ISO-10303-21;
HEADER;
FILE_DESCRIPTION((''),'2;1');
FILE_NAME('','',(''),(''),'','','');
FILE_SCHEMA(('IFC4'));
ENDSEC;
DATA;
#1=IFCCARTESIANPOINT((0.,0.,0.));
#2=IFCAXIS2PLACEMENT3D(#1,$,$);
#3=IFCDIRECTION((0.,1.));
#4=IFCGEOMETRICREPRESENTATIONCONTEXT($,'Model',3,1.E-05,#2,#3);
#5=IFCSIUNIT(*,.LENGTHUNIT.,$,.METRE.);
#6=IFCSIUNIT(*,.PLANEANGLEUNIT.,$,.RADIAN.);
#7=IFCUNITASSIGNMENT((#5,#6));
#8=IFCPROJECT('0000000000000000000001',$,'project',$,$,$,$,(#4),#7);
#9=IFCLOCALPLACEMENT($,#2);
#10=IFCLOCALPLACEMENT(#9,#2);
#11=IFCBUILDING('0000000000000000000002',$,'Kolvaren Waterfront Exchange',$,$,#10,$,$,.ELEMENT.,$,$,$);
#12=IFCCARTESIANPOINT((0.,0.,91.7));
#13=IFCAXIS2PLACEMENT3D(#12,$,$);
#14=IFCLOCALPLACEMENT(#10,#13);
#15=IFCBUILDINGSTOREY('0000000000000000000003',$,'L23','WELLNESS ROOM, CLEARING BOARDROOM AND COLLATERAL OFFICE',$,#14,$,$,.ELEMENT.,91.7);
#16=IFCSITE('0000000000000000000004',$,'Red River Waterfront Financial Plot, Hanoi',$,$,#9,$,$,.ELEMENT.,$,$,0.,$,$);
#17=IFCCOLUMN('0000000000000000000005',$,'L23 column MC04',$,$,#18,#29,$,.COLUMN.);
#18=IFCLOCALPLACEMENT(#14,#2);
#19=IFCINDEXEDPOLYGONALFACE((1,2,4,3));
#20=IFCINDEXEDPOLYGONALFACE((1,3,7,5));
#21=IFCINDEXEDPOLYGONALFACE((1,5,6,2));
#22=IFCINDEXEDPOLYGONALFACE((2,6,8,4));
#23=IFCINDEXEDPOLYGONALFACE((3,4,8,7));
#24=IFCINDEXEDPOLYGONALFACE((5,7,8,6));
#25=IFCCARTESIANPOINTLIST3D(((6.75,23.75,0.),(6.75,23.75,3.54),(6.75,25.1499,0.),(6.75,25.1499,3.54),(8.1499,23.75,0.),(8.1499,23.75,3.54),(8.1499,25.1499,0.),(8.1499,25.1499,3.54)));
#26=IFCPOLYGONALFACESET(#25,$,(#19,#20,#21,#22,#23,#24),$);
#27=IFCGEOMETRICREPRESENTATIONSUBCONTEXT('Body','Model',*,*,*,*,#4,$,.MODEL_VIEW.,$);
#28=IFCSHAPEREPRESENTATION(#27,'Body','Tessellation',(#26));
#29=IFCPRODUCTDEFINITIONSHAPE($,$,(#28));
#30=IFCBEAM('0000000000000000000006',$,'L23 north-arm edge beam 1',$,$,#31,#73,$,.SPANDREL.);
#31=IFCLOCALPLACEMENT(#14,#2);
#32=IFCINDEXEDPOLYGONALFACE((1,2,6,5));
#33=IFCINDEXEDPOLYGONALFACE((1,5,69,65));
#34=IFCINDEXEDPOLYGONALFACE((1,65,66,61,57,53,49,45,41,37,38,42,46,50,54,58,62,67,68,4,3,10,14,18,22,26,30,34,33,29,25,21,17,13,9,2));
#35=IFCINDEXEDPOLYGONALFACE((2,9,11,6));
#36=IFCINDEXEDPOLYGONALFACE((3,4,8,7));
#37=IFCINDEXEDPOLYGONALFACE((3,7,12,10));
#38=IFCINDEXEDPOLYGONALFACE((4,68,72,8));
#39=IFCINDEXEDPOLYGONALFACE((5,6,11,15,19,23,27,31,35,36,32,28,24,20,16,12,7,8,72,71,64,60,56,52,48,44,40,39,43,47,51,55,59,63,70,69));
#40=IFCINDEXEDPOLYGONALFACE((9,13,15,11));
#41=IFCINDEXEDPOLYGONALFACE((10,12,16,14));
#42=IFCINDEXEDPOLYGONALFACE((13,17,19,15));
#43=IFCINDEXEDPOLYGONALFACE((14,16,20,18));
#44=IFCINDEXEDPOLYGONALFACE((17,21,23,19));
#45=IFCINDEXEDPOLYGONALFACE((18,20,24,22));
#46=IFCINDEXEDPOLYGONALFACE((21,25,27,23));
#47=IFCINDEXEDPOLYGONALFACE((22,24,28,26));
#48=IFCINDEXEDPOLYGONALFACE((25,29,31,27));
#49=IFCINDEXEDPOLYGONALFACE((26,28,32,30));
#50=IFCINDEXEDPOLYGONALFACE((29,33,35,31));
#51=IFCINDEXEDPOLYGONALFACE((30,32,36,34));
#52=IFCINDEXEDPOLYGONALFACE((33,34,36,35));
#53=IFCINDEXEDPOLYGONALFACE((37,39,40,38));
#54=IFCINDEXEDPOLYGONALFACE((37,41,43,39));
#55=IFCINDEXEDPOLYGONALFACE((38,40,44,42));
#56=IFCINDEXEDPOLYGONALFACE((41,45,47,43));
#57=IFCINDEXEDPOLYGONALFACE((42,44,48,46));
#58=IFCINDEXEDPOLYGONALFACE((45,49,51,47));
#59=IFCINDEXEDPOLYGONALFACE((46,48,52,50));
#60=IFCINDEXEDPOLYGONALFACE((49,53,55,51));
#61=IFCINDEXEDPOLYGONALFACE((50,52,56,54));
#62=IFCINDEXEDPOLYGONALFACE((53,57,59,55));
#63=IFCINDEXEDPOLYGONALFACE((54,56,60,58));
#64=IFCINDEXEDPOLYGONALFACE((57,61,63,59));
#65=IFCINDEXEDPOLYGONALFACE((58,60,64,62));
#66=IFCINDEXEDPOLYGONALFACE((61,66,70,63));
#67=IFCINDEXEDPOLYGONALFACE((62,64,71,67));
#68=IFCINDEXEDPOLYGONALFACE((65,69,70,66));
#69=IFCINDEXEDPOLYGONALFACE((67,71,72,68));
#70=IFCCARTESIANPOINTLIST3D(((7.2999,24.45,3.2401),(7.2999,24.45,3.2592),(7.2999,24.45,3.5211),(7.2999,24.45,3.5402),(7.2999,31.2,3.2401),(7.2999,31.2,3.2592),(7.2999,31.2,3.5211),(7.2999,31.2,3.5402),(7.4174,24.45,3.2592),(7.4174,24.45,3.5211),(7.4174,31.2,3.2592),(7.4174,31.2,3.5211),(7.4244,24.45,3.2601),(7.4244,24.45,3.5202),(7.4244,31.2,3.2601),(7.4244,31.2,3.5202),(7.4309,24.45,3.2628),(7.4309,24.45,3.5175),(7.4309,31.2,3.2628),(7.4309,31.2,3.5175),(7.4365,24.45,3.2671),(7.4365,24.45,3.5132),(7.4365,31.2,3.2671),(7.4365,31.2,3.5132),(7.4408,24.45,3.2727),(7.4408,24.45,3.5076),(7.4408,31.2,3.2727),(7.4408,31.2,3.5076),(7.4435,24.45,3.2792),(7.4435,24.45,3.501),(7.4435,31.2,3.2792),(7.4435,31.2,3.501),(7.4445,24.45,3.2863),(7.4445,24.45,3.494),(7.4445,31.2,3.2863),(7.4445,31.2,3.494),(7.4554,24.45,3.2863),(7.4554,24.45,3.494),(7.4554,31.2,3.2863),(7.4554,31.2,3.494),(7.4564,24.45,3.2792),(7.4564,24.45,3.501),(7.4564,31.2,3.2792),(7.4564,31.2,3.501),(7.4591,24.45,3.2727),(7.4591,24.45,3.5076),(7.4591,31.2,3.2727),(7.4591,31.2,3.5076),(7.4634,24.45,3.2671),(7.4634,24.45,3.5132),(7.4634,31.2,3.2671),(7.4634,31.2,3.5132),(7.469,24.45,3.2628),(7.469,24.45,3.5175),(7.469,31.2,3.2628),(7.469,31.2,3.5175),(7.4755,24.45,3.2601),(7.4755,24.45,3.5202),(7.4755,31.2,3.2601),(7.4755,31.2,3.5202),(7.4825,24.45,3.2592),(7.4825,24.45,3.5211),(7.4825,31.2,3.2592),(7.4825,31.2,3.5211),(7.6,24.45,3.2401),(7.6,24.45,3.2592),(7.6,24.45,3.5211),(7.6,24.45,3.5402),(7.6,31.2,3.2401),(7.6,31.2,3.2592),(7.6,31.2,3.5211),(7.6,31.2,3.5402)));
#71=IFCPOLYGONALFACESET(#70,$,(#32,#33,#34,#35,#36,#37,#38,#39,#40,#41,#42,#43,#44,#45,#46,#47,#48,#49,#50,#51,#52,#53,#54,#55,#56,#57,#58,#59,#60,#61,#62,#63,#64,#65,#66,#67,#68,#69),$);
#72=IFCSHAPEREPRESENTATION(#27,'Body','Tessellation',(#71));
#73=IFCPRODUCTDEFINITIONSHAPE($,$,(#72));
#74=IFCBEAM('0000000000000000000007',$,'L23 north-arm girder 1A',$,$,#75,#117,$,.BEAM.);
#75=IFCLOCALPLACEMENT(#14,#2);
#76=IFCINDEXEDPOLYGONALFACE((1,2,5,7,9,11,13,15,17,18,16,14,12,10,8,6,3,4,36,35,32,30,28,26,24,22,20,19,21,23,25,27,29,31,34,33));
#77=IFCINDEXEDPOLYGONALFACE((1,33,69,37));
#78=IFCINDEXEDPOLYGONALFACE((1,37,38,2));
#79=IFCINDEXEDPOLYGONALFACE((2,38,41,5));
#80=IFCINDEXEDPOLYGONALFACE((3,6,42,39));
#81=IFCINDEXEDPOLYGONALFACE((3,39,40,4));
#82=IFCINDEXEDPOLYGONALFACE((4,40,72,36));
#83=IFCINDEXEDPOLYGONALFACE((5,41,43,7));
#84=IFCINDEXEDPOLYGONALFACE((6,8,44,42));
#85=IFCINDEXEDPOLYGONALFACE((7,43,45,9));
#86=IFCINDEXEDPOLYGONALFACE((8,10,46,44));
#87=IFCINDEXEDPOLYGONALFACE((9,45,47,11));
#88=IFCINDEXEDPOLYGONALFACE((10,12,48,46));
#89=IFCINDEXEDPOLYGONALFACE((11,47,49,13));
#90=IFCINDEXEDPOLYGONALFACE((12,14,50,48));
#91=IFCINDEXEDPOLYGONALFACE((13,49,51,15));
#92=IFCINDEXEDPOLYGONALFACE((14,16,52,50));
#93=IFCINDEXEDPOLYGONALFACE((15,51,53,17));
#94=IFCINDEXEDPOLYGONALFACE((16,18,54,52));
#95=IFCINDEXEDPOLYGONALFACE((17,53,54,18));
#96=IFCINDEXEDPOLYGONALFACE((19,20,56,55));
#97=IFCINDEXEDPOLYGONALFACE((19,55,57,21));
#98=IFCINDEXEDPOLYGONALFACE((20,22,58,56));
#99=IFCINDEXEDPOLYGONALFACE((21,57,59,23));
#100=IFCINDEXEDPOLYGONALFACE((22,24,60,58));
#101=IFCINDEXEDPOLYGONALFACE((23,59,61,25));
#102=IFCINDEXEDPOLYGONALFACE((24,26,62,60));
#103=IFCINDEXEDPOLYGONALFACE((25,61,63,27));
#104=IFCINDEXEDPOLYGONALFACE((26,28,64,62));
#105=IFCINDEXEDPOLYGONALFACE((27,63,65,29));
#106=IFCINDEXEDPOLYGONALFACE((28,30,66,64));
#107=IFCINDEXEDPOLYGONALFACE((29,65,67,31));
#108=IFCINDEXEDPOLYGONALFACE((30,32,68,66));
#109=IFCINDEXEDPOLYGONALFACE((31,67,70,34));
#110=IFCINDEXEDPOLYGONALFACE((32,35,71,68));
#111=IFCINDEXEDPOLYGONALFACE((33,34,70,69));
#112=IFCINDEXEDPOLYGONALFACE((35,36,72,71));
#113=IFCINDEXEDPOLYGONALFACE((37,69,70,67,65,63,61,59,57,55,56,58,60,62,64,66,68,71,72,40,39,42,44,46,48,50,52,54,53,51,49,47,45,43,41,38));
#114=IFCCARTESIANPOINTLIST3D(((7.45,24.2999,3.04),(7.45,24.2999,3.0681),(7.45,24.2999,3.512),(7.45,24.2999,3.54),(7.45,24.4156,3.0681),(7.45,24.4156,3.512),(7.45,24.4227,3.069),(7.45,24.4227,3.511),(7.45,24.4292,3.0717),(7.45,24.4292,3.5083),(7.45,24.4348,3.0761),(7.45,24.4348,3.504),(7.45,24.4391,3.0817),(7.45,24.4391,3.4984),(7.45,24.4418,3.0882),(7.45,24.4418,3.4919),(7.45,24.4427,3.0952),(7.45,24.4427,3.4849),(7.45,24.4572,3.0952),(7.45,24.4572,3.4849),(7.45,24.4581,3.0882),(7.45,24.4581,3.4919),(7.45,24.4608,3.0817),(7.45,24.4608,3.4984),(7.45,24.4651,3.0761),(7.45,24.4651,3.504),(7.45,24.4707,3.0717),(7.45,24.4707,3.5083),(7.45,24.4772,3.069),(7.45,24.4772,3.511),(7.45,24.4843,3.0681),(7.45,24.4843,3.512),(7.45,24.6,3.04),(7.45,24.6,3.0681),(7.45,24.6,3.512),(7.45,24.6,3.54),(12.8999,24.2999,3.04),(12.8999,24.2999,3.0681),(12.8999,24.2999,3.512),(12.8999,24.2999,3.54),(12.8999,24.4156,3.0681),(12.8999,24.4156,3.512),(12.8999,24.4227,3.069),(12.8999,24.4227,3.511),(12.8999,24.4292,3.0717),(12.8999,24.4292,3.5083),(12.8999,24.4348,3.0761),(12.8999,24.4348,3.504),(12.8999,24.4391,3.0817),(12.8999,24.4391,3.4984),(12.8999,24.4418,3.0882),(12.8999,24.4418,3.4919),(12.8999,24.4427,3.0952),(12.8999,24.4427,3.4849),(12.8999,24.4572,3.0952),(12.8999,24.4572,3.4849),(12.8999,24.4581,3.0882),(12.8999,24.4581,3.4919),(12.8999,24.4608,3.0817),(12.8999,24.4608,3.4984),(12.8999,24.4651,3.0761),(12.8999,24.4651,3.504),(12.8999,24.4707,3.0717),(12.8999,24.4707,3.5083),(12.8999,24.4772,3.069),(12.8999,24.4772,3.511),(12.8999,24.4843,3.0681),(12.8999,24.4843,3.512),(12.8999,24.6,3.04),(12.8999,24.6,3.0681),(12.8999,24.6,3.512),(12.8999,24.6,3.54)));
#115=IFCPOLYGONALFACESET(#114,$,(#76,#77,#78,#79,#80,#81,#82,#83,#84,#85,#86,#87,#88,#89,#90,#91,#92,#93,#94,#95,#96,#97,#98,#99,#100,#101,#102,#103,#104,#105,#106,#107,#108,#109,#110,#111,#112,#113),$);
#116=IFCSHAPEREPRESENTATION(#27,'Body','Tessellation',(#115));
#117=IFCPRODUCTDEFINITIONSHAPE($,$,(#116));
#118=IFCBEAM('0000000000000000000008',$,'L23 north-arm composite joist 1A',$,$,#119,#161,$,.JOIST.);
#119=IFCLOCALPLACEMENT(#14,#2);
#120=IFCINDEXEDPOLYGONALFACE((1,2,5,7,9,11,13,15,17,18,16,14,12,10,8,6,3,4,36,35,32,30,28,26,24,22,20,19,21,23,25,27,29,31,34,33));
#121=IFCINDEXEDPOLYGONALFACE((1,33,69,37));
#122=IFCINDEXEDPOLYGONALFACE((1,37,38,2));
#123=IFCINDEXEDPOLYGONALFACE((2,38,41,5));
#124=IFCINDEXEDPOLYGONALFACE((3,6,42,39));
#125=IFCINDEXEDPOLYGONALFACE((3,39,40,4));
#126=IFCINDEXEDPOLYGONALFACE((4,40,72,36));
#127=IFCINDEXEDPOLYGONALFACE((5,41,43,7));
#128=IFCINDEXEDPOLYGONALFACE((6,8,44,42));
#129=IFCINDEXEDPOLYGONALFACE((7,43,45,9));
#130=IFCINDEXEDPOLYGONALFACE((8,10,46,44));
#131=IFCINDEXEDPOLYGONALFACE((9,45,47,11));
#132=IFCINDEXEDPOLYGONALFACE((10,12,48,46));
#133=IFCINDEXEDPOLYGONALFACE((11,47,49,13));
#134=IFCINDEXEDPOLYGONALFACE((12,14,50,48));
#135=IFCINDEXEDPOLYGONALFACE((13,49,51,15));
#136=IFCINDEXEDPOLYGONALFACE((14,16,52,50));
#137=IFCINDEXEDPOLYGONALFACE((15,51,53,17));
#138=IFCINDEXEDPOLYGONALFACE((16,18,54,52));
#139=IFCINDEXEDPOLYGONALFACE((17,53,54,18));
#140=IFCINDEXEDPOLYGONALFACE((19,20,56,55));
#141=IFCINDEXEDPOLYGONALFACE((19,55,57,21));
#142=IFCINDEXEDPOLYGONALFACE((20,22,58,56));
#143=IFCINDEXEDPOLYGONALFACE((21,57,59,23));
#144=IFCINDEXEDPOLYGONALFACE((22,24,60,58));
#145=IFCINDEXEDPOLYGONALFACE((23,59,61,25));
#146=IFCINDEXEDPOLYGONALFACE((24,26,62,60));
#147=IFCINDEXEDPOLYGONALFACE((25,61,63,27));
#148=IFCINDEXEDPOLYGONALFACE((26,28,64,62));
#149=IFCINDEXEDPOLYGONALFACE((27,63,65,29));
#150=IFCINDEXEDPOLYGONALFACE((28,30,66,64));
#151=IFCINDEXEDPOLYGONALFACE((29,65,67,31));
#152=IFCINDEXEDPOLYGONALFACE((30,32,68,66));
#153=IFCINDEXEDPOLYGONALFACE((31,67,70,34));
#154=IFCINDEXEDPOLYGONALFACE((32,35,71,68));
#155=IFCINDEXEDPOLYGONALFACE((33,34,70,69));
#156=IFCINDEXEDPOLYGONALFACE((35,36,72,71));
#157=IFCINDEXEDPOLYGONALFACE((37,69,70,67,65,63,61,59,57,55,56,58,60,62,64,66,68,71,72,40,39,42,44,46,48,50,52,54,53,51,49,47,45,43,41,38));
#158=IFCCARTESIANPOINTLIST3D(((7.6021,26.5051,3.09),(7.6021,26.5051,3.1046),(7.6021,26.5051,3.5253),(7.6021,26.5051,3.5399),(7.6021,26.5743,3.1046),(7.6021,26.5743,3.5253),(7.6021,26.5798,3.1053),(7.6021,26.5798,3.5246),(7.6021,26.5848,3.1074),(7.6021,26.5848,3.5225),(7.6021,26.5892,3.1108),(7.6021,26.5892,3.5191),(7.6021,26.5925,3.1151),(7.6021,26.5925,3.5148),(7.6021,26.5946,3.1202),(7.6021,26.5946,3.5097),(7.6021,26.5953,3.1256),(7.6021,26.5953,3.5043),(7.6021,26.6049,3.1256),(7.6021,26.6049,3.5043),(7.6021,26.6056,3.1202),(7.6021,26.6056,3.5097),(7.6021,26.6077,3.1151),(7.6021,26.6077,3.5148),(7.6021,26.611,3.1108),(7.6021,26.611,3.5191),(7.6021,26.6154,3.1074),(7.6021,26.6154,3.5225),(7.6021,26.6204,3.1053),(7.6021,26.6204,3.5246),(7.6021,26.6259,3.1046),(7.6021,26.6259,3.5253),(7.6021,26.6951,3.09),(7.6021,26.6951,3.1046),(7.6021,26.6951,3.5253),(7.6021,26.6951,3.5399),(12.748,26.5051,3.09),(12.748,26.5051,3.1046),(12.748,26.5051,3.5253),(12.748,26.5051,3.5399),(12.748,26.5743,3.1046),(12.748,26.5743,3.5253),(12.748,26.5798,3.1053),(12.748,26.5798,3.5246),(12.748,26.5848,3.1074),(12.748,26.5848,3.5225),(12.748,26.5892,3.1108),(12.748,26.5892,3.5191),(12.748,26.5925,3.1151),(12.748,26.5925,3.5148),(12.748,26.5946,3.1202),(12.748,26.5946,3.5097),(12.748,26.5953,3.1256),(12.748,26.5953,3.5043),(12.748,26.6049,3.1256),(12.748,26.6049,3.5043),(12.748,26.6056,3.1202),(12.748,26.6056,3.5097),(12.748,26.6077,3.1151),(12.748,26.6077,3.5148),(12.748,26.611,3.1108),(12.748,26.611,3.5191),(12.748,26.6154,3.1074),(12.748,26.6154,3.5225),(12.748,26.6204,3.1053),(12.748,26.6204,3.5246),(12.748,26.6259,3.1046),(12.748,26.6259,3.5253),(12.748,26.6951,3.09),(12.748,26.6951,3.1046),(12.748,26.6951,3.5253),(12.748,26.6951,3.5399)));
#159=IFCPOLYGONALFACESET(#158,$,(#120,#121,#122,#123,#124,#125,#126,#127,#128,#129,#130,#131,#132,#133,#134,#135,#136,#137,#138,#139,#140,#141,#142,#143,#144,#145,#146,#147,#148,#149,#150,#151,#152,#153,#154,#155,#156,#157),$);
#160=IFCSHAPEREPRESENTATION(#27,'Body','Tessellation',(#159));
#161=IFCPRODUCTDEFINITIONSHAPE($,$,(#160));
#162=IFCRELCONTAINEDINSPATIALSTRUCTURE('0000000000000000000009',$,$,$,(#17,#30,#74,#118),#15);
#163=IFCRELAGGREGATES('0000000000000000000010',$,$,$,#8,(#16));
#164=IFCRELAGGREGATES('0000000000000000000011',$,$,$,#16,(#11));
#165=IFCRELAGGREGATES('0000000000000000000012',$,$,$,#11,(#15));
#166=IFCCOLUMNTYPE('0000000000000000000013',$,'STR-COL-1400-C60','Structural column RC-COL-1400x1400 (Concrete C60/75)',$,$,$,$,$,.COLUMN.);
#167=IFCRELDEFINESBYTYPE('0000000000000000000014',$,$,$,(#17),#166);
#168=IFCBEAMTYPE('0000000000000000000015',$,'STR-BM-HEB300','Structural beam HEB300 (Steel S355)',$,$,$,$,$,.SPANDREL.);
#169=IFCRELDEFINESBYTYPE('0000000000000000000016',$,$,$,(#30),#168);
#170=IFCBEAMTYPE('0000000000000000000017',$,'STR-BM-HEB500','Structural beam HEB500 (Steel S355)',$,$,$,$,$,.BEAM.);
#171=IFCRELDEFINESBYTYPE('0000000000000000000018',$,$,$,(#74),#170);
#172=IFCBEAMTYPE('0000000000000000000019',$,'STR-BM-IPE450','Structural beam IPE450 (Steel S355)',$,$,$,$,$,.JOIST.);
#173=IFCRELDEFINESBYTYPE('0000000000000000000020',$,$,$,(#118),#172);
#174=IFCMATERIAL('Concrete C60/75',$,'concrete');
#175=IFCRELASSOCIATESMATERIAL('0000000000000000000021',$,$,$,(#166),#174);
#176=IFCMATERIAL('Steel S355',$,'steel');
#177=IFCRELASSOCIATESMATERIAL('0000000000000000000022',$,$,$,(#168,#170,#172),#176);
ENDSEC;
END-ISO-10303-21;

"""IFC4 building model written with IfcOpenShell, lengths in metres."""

from ifc_helpers import new_model, si_unit, direction, frame, origin, origin_2d, place, context, subcontext, project, spatial, rectangle, i_section, extrude, material, material_profile, profile_set, type_object, element, save


model = new_model("IFC4")

# Units and contexts
model_context = context("Model", 3, precision=1e-05, world=origin(), true_north=direction((0.0, 1.0)))
body_context = subcontext(model_context, "Body", "Model", "MODEL_VIEW")
ifc_project = project(units=[si_unit("LENGTHUNIT", "METRE"), si_unit("PLANEANGLEUNIT", "RADIAN")], contexts=[model_context])

# Site, building, storey
site_placement = place(None, origin())
site = spatial("IfcSite", under=ifc_project, at=site_placement, Name="Red River Waterfront Financial Plot, Hanoi", CompositionType="ELEMENT", RefElevation=0.0)
building_placement = place(site_placement, origin())
building = spatial("IfcBuilding", under=site, at=building_placement, Name="Kolvaren Waterfront Exchange", CompositionType="ELEMENT")
storey_placement = place(building_placement, frame((0.0, 0.0, 91.7)))
storey = spatial("IfcBuildingStorey", under=building, at=storey_placement, Name="L23", Description="WELLNESS ROOM, CLEARING BOARDROOM AND COLLATERAL OFFICE", CompositionType="ELEMENT", Elevation=91.7)

# Column
ifc_material_1 = material(Name="Concrete C60/75", Category="concrete")
ifc_material_profile_1 = material_profile(ifc_material_1, rectangle(XDim=1.3999, YDim=1.3999, at=origin_2d()), Name="RC-COL-1400x1400")
ifc_profile_set_1 = profile_set([ifc_material_profile_1], Name="Concrete C60/75")
column_type = type_object("IfcColumnType", Name="STR-COL-1400-C60", Description="Structural column RC-COL-1400x1400 (Concrete C60/75)", PredefinedType="COLUMN", material=ifc_profile_set_1)
column_placement = place(storey_placement, frame((7.45, 24.45, 0.0), z_axis=(0.0, 0.0, 1.0), x_axis=(1.0, 0.0, 0.0)))
element("IfcColumn", 1, at=column_placement, inside=storey, type_object=column_type, Name="L23 column MC04", PredefinedType="COLUMN", context=body_context, shape_type="SweptSolid", body=[
    extrude(rectangle(XDim=1.3999, YDim=1.3999, at=origin_2d()), origin(), (0.0, 0.0, 1.0), 3.54),
])

# Beams
ifc_material_2 = material(Name="Steel S355", Category="steel")
ifc_material_profile_2 = material_profile(ifc_material_2, i_section(OverallWidth=0.3, OverallDepth=0.3, WebThickness=0.011, FlangeThickness=0.019, FilletRadius=0.0271, at=origin_2d()), Name="HEB300")
ifc_profile_set_2 = profile_set([ifc_material_profile_2], Name="Steel S355")
beam_type_1 = type_object("IfcBeamType", Name="STR-BM-HEB300", Description="Structural beam HEB300 (Steel S355)", PredefinedType="SPANDREL", material=ifc_profile_set_2)
beam_1_placement = place(storey_placement, frame((7.45, 24.45, 3.3901), z_axis=(0.0, 1.0, 0.0), x_axis=(-1.0, 0.0, 0.0)))
element("IfcBeam", 2, at=beam_1_placement, inside=storey, type_object=beam_type_1, Name="L23 north-arm edge beam 1", PredefinedType="SPANDREL", context=body_context, shape_type="SweptSolid", body=[
    extrude(i_section(OverallWidth=0.3, OverallDepth=0.3, WebThickness=0.011, FlangeThickness=0.019, FilletRadius=0.0271, at=origin_2d()), origin(), (0.0, 0.0, 1.0), 6.75),
])
ifc_material_profile_3 = material_profile(ifc_material_2, i_section(OverallWidth=0.3, OverallDepth=0.5, WebThickness=0.0144, FlangeThickness=0.0281, FilletRadius=0.0271, at=origin_2d()), Name="HEB500")
ifc_profile_set_3 = profile_set([ifc_material_profile_3], Name="Steel S355")
beam_type_2 = type_object("IfcBeamType", Name="STR-BM-HEB500", Description="Structural beam HEB500 (Steel S355)", PredefinedType="BEAM", material=ifc_profile_set_3)
beam_2_placement = place(storey_placement, frame((7.45, 24.45, 3.29), z_axis=(1.0, 0.0, 0.0), x_axis=(0.0, 1.0, 0.0)))
element("IfcBeam", 3, at=beam_2_placement, inside=storey, type_object=beam_type_2, Name="L23 north-arm girder 1A", PredefinedType="BEAM", context=body_context, shape_type="SweptSolid", body=[
    extrude(i_section(OverallWidth=0.3, OverallDepth=0.5, WebThickness=0.0144, FlangeThickness=0.0281, FilletRadius=0.0271, at=origin_2d()), origin(), (0.0, 0.0, 1.0), 5.45),
])
ifc_material_profile_4 = material_profile(ifc_material_2, i_section(OverallWidth=0.1899, OverallDepth=0.45, WebThickness=0.0095, FlangeThickness=0.0146, FilletRadius=0.021, at=origin_2d()), Name="IPE450")
ifc_profile_set_4 = profile_set([ifc_material_profile_4], Name="Steel S355")
beam_type_3 = type_object("IfcBeamType", Name="STR-BM-IPE450", Description="Structural beam IPE450 (Steel S355)", PredefinedType="JOIST", material=ifc_profile_set_4)
for number, where, z_axis, x_axis, name in (
    (4, (7.6021, 26.6001, 3.3149), (1.0, 0.0, 0.0), (0.0, 1.0, 0.0), "L23 north-arm composite joist 1A"),
):
    element("IfcBeam", number, at=place(storey_placement, frame(where, z_axis=z_axis, x_axis=x_axis)), inside=storey, type_object=beam_type_3, Name=name, PredefinedType="JOIST", context=body_context, shape_type="SweptSolid", body=[
        extrude(i_section(OverallWidth=0.1899, OverallDepth=0.45, WebThickness=0.0095, FlangeThickness=0.0146, FilletRadius=0.021, at=origin_2d()), origin(), (0.0, 0.0, 1.0), 5.146),
    ])

save(model, "model.ifc")
